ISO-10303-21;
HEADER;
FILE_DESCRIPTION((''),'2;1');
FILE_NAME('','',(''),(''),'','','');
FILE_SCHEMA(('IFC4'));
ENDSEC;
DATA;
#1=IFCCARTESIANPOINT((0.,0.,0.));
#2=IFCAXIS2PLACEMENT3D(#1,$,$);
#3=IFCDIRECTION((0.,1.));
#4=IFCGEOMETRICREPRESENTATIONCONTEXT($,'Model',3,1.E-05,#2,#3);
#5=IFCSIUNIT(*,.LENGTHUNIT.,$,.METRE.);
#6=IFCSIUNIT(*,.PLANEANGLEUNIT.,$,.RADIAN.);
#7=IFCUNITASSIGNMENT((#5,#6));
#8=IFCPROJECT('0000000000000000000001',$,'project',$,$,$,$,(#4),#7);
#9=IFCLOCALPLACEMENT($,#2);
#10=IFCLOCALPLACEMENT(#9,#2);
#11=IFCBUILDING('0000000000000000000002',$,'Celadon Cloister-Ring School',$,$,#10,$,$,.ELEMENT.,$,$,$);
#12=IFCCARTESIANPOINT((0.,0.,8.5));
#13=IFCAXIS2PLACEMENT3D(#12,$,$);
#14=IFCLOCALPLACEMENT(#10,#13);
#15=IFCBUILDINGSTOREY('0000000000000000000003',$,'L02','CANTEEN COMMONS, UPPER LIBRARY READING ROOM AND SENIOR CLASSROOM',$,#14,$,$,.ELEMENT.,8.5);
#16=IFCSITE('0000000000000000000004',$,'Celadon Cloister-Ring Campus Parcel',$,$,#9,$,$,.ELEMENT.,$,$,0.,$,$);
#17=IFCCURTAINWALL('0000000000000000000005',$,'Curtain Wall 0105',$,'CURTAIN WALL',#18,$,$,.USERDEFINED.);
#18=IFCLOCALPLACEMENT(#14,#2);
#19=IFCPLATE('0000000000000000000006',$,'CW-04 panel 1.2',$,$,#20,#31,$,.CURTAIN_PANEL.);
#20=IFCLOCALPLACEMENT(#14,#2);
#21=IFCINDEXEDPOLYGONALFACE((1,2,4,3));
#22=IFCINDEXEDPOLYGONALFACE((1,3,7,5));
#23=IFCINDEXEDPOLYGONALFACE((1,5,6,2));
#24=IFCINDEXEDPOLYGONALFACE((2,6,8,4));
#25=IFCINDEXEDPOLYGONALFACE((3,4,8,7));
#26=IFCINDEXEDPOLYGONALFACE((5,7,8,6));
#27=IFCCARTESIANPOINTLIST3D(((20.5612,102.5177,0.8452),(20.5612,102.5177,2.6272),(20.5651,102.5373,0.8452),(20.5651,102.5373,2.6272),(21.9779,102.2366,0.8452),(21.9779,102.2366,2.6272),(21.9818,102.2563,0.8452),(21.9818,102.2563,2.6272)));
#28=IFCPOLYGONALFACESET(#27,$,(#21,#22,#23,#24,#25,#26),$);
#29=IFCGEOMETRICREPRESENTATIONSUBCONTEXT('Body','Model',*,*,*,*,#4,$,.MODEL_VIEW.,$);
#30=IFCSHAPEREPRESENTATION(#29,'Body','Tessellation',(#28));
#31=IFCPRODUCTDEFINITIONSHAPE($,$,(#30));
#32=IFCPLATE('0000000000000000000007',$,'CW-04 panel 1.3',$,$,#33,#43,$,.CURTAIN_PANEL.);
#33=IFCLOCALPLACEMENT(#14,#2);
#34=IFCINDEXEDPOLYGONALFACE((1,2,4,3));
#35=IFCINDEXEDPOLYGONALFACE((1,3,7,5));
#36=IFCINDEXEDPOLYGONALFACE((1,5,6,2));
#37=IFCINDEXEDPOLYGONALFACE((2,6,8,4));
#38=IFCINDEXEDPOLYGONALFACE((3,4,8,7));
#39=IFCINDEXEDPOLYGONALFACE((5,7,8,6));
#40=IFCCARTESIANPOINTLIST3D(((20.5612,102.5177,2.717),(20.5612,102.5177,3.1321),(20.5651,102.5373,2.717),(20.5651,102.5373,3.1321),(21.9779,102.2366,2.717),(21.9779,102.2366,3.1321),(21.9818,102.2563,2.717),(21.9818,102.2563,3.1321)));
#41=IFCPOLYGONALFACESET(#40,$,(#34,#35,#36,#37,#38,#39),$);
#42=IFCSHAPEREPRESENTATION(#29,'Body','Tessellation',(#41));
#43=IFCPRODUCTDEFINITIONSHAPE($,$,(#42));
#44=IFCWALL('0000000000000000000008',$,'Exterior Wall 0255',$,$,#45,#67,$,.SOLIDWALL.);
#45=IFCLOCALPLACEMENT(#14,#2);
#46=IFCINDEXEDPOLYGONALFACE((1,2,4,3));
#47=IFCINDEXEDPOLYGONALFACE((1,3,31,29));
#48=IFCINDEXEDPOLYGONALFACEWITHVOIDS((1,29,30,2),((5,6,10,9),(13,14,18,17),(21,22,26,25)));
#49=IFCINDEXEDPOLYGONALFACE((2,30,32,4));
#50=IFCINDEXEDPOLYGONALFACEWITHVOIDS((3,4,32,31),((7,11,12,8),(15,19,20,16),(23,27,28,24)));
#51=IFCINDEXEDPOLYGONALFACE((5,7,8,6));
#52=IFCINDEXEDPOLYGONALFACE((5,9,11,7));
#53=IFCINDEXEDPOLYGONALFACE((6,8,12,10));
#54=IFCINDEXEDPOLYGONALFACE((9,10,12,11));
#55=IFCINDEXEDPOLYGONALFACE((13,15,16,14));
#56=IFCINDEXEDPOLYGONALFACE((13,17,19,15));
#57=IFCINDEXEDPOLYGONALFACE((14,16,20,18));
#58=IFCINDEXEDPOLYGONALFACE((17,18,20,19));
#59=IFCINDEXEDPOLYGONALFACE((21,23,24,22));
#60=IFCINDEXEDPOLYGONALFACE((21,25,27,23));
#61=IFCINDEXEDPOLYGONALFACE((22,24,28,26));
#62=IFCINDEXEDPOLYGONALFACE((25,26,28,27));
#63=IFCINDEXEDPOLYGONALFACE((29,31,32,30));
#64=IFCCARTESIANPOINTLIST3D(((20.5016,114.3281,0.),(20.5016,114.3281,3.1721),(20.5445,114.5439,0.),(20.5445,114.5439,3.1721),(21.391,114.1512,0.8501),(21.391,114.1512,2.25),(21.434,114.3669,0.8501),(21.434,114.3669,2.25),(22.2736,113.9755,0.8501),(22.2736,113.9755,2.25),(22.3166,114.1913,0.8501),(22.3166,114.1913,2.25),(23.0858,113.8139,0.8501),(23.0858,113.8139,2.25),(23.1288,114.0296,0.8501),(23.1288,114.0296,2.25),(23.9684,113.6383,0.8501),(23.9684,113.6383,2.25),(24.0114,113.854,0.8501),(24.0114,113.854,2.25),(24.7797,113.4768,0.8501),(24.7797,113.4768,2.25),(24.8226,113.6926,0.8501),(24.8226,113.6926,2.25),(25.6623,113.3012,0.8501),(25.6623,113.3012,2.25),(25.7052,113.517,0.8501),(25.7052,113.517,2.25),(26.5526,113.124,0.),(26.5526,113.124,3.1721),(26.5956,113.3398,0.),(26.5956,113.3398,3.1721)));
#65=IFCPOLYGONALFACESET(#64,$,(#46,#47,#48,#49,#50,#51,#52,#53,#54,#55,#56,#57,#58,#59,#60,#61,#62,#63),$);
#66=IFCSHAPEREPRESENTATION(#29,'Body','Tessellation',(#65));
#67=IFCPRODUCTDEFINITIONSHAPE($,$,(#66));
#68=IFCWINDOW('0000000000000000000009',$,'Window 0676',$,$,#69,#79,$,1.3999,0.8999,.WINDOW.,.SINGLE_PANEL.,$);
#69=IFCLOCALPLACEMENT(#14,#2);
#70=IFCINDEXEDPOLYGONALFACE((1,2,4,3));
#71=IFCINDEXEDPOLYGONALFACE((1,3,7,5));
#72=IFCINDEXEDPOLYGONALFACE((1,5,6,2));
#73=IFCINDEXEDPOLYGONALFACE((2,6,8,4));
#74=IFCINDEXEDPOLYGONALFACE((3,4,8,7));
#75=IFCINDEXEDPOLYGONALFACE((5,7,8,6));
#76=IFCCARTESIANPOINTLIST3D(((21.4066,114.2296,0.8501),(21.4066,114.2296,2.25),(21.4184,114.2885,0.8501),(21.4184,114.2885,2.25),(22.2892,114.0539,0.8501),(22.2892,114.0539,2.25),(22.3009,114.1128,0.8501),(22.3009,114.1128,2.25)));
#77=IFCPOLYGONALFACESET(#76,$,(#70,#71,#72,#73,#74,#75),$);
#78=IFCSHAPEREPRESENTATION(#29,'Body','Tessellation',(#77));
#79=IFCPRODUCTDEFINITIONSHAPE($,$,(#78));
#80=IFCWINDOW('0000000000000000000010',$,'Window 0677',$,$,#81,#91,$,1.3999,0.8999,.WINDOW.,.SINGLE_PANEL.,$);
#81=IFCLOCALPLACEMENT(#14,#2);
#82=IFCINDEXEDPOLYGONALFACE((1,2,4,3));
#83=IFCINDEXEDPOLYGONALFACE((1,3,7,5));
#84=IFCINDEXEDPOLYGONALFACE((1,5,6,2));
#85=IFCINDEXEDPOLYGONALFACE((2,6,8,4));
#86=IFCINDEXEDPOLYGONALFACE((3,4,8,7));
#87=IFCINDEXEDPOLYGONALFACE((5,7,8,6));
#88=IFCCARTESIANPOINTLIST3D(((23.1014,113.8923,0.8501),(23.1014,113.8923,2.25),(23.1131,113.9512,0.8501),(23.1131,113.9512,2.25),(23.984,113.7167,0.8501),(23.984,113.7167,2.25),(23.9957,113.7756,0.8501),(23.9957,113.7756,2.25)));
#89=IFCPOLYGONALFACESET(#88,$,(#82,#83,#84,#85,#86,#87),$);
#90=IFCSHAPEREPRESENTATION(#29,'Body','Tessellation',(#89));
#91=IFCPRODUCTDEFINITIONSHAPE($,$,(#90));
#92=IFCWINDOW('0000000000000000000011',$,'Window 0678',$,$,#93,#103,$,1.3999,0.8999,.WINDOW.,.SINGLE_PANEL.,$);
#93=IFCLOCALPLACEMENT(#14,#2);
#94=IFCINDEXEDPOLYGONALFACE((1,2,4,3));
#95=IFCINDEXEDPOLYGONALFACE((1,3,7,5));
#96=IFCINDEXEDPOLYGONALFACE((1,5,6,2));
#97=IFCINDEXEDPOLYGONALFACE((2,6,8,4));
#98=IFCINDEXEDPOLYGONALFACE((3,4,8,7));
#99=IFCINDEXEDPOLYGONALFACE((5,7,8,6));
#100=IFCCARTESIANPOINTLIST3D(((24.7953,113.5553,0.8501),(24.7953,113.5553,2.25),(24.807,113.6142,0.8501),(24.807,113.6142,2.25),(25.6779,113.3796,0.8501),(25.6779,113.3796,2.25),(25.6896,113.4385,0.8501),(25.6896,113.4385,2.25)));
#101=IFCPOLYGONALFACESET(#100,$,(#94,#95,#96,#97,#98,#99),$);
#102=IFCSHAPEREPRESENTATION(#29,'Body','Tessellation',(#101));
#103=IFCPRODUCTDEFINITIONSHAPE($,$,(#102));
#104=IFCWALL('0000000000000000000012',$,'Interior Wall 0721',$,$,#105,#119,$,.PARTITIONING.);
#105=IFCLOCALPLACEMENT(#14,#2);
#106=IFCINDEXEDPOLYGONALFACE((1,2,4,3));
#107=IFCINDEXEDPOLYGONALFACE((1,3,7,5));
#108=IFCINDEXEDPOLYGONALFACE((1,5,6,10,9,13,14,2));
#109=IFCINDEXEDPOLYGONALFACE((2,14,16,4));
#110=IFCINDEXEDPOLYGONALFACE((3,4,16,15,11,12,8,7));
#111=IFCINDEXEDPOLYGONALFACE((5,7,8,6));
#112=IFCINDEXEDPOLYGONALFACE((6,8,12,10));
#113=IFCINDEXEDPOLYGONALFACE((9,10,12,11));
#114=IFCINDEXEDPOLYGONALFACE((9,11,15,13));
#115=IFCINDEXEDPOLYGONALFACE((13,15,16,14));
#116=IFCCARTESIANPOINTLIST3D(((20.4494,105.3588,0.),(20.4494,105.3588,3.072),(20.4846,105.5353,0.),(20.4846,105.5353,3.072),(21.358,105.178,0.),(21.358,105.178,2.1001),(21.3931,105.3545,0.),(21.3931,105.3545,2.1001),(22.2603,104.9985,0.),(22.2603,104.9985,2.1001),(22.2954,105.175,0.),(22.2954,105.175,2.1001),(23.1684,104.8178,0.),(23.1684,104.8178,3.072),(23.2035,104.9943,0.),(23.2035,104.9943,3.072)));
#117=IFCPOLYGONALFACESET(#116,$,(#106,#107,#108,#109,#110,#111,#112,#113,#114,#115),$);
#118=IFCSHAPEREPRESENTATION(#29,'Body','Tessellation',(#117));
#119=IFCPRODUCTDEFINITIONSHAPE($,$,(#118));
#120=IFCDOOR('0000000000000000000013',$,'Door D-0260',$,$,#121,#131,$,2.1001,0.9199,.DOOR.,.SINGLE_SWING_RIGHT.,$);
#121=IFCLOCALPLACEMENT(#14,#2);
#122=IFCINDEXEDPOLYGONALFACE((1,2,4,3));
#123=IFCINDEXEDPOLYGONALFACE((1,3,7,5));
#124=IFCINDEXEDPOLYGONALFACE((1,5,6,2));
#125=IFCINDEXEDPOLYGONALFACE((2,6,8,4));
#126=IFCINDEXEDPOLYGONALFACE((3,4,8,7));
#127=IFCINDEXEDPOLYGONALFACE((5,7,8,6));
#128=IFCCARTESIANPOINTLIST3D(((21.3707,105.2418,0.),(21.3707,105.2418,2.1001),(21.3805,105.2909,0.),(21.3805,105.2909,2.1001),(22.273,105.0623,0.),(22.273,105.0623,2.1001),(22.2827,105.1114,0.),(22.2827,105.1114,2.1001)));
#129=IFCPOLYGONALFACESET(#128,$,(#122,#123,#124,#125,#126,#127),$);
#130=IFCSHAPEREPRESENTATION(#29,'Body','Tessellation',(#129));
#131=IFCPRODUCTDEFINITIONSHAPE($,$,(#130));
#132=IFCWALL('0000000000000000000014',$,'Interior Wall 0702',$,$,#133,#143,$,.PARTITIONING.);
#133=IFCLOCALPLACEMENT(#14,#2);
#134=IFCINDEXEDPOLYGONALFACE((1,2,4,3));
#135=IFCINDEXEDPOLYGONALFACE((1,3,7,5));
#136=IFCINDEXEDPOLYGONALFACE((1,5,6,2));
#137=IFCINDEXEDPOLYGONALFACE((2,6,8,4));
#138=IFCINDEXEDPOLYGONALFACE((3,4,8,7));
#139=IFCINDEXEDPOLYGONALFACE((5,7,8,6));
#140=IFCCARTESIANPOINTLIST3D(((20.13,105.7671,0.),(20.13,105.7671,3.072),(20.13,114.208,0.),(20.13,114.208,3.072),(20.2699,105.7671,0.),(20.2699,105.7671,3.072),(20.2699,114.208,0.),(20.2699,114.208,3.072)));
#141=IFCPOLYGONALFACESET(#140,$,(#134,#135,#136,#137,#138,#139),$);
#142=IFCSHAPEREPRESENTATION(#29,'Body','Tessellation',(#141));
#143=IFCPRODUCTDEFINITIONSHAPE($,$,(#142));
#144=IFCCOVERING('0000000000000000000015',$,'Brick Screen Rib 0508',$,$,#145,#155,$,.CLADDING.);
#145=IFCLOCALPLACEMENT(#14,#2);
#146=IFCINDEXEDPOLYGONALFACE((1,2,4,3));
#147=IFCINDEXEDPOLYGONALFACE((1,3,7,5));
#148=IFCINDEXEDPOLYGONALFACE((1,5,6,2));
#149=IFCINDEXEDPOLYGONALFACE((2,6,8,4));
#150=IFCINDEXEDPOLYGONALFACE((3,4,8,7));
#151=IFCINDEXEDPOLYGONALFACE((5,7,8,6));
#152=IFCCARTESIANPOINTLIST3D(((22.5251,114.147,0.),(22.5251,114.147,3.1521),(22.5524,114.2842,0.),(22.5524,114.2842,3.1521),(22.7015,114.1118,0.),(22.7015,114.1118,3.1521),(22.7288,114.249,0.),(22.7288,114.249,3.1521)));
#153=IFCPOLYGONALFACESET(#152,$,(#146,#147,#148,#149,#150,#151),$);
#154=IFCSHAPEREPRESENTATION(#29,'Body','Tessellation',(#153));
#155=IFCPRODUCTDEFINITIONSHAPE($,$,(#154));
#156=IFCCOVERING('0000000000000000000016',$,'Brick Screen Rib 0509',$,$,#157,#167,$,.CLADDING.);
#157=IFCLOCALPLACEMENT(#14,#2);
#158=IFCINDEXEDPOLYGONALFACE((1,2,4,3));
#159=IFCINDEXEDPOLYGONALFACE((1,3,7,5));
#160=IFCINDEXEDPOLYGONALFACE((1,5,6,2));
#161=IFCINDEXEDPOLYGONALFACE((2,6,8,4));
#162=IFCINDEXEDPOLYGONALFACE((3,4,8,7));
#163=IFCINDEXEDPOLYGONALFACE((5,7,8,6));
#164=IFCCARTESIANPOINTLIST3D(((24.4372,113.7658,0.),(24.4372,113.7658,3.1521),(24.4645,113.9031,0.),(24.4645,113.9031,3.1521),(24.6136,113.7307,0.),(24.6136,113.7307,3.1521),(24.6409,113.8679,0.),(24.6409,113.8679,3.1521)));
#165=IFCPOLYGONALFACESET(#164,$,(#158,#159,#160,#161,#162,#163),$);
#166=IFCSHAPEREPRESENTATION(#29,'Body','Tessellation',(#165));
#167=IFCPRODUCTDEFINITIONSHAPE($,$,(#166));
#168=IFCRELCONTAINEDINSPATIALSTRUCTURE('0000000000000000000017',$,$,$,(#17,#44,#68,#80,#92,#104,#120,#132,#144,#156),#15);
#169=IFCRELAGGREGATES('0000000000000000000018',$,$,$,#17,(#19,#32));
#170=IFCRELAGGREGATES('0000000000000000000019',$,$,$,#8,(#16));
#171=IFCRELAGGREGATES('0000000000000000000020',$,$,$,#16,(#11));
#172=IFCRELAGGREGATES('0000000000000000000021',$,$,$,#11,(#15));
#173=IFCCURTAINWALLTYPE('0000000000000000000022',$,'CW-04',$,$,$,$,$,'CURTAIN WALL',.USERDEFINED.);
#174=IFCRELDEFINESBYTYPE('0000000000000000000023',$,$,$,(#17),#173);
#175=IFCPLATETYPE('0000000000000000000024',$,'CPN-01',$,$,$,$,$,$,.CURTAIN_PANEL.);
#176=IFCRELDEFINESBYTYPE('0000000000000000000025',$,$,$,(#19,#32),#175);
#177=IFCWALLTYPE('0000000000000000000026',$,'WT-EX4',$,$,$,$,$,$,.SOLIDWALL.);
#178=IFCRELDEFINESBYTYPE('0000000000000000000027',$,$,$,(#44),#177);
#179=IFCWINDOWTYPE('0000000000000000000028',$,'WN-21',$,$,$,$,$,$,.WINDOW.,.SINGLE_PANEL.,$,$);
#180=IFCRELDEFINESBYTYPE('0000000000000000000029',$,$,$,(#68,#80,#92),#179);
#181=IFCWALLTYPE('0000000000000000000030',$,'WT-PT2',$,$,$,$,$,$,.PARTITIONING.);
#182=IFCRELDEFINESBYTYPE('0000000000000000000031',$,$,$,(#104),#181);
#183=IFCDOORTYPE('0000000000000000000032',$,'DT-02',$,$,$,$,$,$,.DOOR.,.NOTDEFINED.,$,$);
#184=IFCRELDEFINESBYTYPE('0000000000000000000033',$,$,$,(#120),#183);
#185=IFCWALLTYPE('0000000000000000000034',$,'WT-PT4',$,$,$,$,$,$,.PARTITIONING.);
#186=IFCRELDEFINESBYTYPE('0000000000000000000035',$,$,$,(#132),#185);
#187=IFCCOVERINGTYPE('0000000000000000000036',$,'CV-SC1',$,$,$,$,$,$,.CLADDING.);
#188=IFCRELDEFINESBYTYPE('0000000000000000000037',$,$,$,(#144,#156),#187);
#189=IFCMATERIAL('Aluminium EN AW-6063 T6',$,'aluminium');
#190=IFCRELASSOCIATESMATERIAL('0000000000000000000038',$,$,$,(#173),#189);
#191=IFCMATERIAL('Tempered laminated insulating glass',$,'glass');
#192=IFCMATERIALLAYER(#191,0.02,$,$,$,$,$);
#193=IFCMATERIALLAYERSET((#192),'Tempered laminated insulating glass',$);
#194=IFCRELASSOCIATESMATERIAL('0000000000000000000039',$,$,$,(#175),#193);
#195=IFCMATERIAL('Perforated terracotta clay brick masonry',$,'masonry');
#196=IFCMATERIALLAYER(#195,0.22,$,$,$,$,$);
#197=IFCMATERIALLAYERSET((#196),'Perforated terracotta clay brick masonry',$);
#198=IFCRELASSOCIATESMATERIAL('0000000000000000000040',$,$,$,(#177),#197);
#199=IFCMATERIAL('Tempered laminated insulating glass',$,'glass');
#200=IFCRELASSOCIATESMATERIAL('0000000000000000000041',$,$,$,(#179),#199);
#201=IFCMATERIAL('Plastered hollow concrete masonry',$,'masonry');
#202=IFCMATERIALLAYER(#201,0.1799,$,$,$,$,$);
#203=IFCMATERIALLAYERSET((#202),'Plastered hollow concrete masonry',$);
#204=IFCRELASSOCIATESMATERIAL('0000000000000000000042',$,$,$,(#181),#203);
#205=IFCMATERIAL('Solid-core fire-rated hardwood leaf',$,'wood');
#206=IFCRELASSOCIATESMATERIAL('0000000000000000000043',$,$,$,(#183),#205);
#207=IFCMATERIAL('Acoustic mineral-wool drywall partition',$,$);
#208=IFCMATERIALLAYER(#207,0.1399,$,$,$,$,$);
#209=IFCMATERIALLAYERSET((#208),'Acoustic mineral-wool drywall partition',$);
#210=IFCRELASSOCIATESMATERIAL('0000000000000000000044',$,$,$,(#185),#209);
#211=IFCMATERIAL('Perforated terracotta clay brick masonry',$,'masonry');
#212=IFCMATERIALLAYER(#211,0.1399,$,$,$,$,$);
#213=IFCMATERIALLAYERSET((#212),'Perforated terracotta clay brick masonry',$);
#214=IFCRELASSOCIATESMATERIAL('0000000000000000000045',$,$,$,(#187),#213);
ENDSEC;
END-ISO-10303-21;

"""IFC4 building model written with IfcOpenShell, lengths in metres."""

from ifc_helpers import new_model, si_unit, direction, frame, frame_2d, origin, origin_2d, place, context, subcontext, project, spatial, rectangle, extrude, material, layer, layer_set, type_object, element, fill, aggregate, save


model = new_model("IFC4")

# Units and contexts
model_context = context("Model", 3, precision=1e-05, world=origin(), true_north=direction((0.0, 1.0)))
body_context = subcontext(model_context, "Body", "Model", "MODEL_VIEW")
ifc_project = project(units=[si_unit("LENGTHUNIT", "METRE"), si_unit("PLANEANGLEUNIT", "RADIAN")], contexts=[model_context])

# Site, building, storey
site_placement = place(None, origin())
site = spatial("IfcSite", under=ifc_project, at=site_placement, Name="Celadon Cloister-Ring Campus Parcel", CompositionType="ELEMENT", RefElevation=0.0)
building_placement = place(site_placement, origin())
building = spatial("IfcBuilding", under=site, at=building_placement, Name="Celadon Cloister-Ring School", CompositionType="ELEMENT")
storey_placement = place(building_placement, frame((0.0, 0.0, 8.5)))
storey = spatial("IfcBuildingStorey", under=building, at=storey_placement, Name="L02", Description="CANTEEN COMMONS, UPPER LIBRARY READING ROOM AND SENIOR CLASSROOM", CompositionType="ELEMENT", Elevation=8.5)

# Curtain wall
ifc_material_1 = material(Name="Aluminium EN AW-6063 T6", Category="aluminium")
curtain_wall_type = type_object("IfcCurtainWallType", Name="CW-04", ElementType="CURTAIN WALL", PredefinedType="USERDEFINED", material=ifc_material_1)
curtain_wall_placement = place(storey_placement, origin())
curtain_wall = element("IfcCurtainWall", 1, at=curtain_wall_placement, inside=storey, type_object=curtain_wall_type, Name="Curtain Wall 0105", ObjectType="CURTAIN WALL", PredefinedType="USERDEFINED")

# Plates
ifc_material_2 = material(Name="Tempered laminated insulating glass", Category="glass")
ifc_layer_1 = layer(ifc_material_2, 0.02)
ifc_layer_set_1 = layer_set([ifc_layer_1], Name="Tempered laminated insulating glass")
plate_type = type_object("IfcPlateType", Name="CPN-01", PredefinedType="CURTAIN_PANEL", material=ifc_layer_set_1)
plate_1_placement = place(storey_placement, frame((21.2715, 102.387, 0.8452), z_axis=(0.0, 0.0, 1.0), x_axis=(-0.980885, 0.194586, 0.0)))
plate_1 = element("IfcPlate", 2, at=plate_1_placement, type_object=plate_type, Name="CW-04 panel 1.2", PredefinedType="CURTAIN_PANEL", context=body_context, shape_type="SweptSolid", body=[
    extrude(rectangle(XDim=1.4443, YDim=0.02, at=origin_2d()), origin(), (0.0, 0.0, 1.0), 1.782),
])
plate_2_placement = place(storey_placement, frame((21.2715, 102.387, 2.717), z_axis=(0.0, 0.0, 1.0), x_axis=(-0.980885, 0.194586, 0.0)))
plate_2 = element("IfcPlate", 3, at=plate_2_placement, type_object=plate_type, Name="CW-04 panel 1.3", PredefinedType="CURTAIN_PANEL", context=body_context, shape_type="SweptSolid", body=[
    extrude(rectangle(XDim=1.4443, YDim=0.02, at=origin_2d()), origin(), (0.0, 0.0, 1.0), 0.415),
])
aggregate(curtain_wall, [plate_1, plate_2])

# Wall, openings, windows
ifc_material_3 = material(Name="Perforated terracotta clay brick masonry", Category="masonry")
ifc_layer_2 = layer(ifc_material_3, 0.22)
ifc_layer_set_2 = layer_set([ifc_layer_2], Name="Perforated terracotta clay brick masonry")
wall_type_1 = type_object("IfcWallType", Name="WT-EX4", PredefinedType="SOLIDWALL", material=ifc_layer_set_2)
wall_1_placement = place(storey_placement, frame((20.5229, 114.436, 0.0), z_axis=(0.0, 0.0, 1.0), x_axis=(0.98077, -0.195165, 0.0)))
wall_1 = element("IfcWall", 4, at=wall_1_placement, inside=storey, type_object=wall_type_1, Name="Exterior Wall 0255", PredefinedType="SOLIDWALL", context=body_context, shape_type="SweptSolid", body=[
    extrude(rectangle(XDim=6.1697, YDim=0.22, at=frame_2d((3.085, 0.0))), origin(), (0.0, 0.0, 1.0), 3.1721),
])
opening_1_placement = place(wall_1_placement, frame((0.907, 0.0, 0.8501)))
opening_1 = element("IfcOpeningElement", 5, at=opening_1_placement, cuts=wall_1, PredefinedType="OPENING", context=body_context, shape_type="SweptSolid", body=[
    extrude(rectangle(XDim=0.8999, YDim=1.3999, at=frame_2d((0.45, 0.7))), frame((0.0, 0.1201, 0.0), z_axis=(0.0, -1.0, 0.0), x_axis=(1.0, 0.0, 0.0)), (0.0, 0.0, 1.0), 0.24),
])
opening_2_placement = place(wall_1_placement, frame((2.635, 0.0, 0.8501)))
opening_2 = element("IfcOpeningElement", 6, at=opening_2_placement, cuts=wall_1, PredefinedType="OPENING", context=body_context, shape_type="SweptSolid", body=[
    extrude(rectangle(XDim=0.8999, YDim=1.3999, at=frame_2d((0.45, 0.7))), frame((0.0, 0.1201, 0.0), z_axis=(0.0, -1.0, 0.0), x_axis=(1.0, 0.0, 0.0)), (0.0, 0.0, 1.0), 0.24),
])
opening_3_placement = place(wall_1_placement, frame((4.3621, 0.0, 0.8501)))
opening_3 = element("IfcOpeningElement", 7, at=opening_3_placement, cuts=wall_1, PredefinedType="OPENING", context=body_context, shape_type="SweptSolid", body=[
    extrude(rectangle(XDim=0.8999, YDim=1.3999, at=frame_2d((0.45, 0.7))), frame((0.0, 0.1201, 0.0), z_axis=(0.0, -1.0, 0.0), x_axis=(1.0, 0.0, 0.0)), (0.0, 0.0, 1.0), 0.24),
])
ifc_material_4 = material(Name="Tempered laminated insulating glass", Category="glass")
window_type = type_object("IfcWindowType", Name="WN-21", PartitioningType="SINGLE_PANEL", PredefinedType="WINDOW", material=ifc_material_4)
window_1_placement = place(opening_1_placement, origin())
window_1 = element("IfcWindow", 8, at=window_1_placement, inside=storey, type_object=window_type, Name="Window 0676", OverallHeight=1.3999, OverallWidth=0.8999, PartitioningType="SINGLE_PANEL", PredefinedType="WINDOW", context=body_context, shape_type="SweptSolid", body=[
    extrude(rectangle(XDim=0.8999, YDim=1.3999, at=frame_2d((0.45, 0.7))), frame((0.0, 0.03, 0.0), z_axis=(0.0, -1.0, 0.0), x_axis=(1.0, 0.0, 0.0)), (0.0, 0.0, 1.0), 0.0601),
])
fill(opening_1, window_1)
window_2_placement = place(opening_2_placement, origin())
window_2 = element("IfcWindow", 9, at=window_2_placement, inside=storey, type_object=window_type, Name="Window 0677", OverallHeight=1.3999, OverallWidth=0.8999, PartitioningType="SINGLE_PANEL", PredefinedType="WINDOW", context=body_context, shape_type="SweptSolid", body=[
    extrude(rectangle(XDim=0.8999, YDim=1.3999, at=frame_2d((0.45, 0.7))), frame((0.0, 0.03, 0.0), z_axis=(0.0, -1.0, 0.0), x_axis=(1.0, 0.0, 0.0)), (0.0, 0.0, 1.0), 0.0601),
])
fill(opening_2, window_2)
window_3_placement = place(opening_3_placement, origin())
window_3 = element("IfcWindow", 10, at=window_3_placement, inside=storey, type_object=window_type, Name="Window 0678", OverallHeight=1.3999, OverallWidth=0.8999, PartitioningType="SINGLE_PANEL", PredefinedType="WINDOW", context=body_context, shape_type="SweptSolid", body=[
    extrude(rectangle(XDim=0.8999, YDim=1.3999, at=frame_2d((0.45, 0.7))), frame((0.0, 0.03, 0.0), z_axis=(0.0, -1.0, 0.0), x_axis=(1.0, 0.0, 0.0)), (0.0, 0.0, 1.0), 0.0601),
])
fill(opening_3, window_3)

# Wall, opening, door
ifc_material_5 = material(Name="Plastered hollow concrete masonry", Category="masonry")
ifc_layer_3 = layer(ifc_material_5, 0.1799)
ifc_layer_set_3 = layer_set([ifc_layer_3], Name="Plastered hollow concrete masonry")
wall_type_2 = type_object("IfcWallType", Name="WT-PT2", PredefinedType="PARTITIONING", material=ifc_layer_set_3)
wall_2_placement = place(storey_placement, frame((23.186, 104.906, 0.0), z_axis=(0.0, 0.0, 1.0), x_axis=(-0.980773, 0.195151, 0.0)))
wall_2 = element("IfcWall", 11, at=wall_2_placement, inside=storey, type_object=wall_type_2, Name="Interior Wall 0721", PredefinedType="PARTITIONING", context=body_context, shape_type="SweptSolid", body=[
    extrude(rectangle(XDim=2.7722, YDim=0.1799, at=frame_2d((1.3862, 0.0))), origin(), (0.0, 0.0, 1.0), 3.072),
])
opening_4_placement = place(wall_2_placement, frame((0.926, 0.0, 0.0)))
opening_4 = element("IfcOpeningElement", 12, at=opening_4_placement, cuts=wall_2, PredefinedType="OPENING", context=body_context, shape_type="SweptSolid", body=[
    extrude(rectangle(XDim=0.9199, YDim=2.1001, at=frame_2d((0.46, 1.05))), frame((0.0, 0.1001, 0.0), z_axis=(0.0, -1.0, 0.0), x_axis=(1.0, 0.0, 0.0)), (0.0, 0.0, 1.0), 0.2),
])
ifc_material_6 = material(Name="Solid-core fire-rated hardwood leaf", Category="wood")
door_type = type_object("IfcDoorType", Name="DT-02", OperationType="NOTDEFINED", PredefinedType="DOOR", material=ifc_material_6)
door_placement = place(opening_4_placement, origin())
door = element("IfcDoor", 13, at=door_placement, inside=storey, type_object=door_type, Name="Door D-0260", OperationType="SINGLE_SWING_RIGHT", OverallHeight=2.1001, OverallWidth=0.9199, PredefinedType="DOOR", context=body_context, shape_type="SweptSolid", body=[
    extrude(rectangle(XDim=0.9199, YDim=2.1001, at=frame_2d((0.46, 1.05))), frame((0.0, 0.0249, 0.0), z_axis=(0.0, -1.0, 0.0), x_axis=(1.0, 0.0, 0.0)), (0.0, 0.0, 1.0), 0.05),
])
fill(opening_4, door)

# Wall
ifc_material_7 = material(Name="Acoustic mineral-wool drywall partition")
ifc_layer_4 = layer(ifc_material_7, 0.1399)
ifc_layer_set_4 = layer_set([ifc_layer_4], Name="Acoustic mineral-wool drywall partition")
wall_type_3 = type_object("IfcWallType", Name="WT-PT4", PredefinedType="PARTITIONING", material=ifc_layer_set_4)
wall_3_placement = place(storey_placement, frame((20.2, 105.7671, 0.0), z_axis=(0.0, 0.0, 1.0), x_axis=(0.0, 1.0, 0.0)))
element("IfcWall", 14, at=wall_3_placement, inside=storey, type_object=wall_type_3, Name="Interior Wall 0702", PredefinedType="PARTITIONING", context=body_context, shape_type="SweptSolid", body=[
    extrude(rectangle(XDim=8.4409, YDim=0.1399, at=frame_2d((4.2205, 0.0))), origin(), (0.0, 0.0, 1.0), 3.072),
])

# Coverings
ifc_material_8 = material(Name="Perforated terracotta clay brick masonry", Category="masonry")
ifc_layer_5 = layer(ifc_material_8, 0.1399)
ifc_layer_set_5 = layer_set([ifc_layer_5], Name="Perforated terracotta clay brick masonry")
covering_type = type_object("IfcCoveringType", Name="CV-SC1", PredefinedType="CLADDING", material=ifc_layer_set_5)
for number, where, z_axis, x_axis, name in (
    (15, (22.627, 114.198, 0.0), (0.0, 0.0, 1.0), (0.980775, -0.195142, 0.0), "Brick Screen Rib 0508"),
    (16, (24.5391, 113.8169, 0.0), (0.0, 0.0, 1.0), (0.980775, -0.195142, 0.0), "Brick Screen Rib 0509"),
):
    element("IfcCovering", number, at=place(storey_placement, frame(where, z_axis=z_axis, x_axis=x_axis)), inside=storey, type_object=covering_type, Name=name, PredefinedType="CLADDING", context=body_context, shape_type="SweptSolid", body=[
        extrude(rectangle(XDim=0.1799, YDim=0.1399, at=origin_2d()), origin(), (0.0, 0.0, 1.0), 3.1521),
    ])

save(model, "model.ifc")
